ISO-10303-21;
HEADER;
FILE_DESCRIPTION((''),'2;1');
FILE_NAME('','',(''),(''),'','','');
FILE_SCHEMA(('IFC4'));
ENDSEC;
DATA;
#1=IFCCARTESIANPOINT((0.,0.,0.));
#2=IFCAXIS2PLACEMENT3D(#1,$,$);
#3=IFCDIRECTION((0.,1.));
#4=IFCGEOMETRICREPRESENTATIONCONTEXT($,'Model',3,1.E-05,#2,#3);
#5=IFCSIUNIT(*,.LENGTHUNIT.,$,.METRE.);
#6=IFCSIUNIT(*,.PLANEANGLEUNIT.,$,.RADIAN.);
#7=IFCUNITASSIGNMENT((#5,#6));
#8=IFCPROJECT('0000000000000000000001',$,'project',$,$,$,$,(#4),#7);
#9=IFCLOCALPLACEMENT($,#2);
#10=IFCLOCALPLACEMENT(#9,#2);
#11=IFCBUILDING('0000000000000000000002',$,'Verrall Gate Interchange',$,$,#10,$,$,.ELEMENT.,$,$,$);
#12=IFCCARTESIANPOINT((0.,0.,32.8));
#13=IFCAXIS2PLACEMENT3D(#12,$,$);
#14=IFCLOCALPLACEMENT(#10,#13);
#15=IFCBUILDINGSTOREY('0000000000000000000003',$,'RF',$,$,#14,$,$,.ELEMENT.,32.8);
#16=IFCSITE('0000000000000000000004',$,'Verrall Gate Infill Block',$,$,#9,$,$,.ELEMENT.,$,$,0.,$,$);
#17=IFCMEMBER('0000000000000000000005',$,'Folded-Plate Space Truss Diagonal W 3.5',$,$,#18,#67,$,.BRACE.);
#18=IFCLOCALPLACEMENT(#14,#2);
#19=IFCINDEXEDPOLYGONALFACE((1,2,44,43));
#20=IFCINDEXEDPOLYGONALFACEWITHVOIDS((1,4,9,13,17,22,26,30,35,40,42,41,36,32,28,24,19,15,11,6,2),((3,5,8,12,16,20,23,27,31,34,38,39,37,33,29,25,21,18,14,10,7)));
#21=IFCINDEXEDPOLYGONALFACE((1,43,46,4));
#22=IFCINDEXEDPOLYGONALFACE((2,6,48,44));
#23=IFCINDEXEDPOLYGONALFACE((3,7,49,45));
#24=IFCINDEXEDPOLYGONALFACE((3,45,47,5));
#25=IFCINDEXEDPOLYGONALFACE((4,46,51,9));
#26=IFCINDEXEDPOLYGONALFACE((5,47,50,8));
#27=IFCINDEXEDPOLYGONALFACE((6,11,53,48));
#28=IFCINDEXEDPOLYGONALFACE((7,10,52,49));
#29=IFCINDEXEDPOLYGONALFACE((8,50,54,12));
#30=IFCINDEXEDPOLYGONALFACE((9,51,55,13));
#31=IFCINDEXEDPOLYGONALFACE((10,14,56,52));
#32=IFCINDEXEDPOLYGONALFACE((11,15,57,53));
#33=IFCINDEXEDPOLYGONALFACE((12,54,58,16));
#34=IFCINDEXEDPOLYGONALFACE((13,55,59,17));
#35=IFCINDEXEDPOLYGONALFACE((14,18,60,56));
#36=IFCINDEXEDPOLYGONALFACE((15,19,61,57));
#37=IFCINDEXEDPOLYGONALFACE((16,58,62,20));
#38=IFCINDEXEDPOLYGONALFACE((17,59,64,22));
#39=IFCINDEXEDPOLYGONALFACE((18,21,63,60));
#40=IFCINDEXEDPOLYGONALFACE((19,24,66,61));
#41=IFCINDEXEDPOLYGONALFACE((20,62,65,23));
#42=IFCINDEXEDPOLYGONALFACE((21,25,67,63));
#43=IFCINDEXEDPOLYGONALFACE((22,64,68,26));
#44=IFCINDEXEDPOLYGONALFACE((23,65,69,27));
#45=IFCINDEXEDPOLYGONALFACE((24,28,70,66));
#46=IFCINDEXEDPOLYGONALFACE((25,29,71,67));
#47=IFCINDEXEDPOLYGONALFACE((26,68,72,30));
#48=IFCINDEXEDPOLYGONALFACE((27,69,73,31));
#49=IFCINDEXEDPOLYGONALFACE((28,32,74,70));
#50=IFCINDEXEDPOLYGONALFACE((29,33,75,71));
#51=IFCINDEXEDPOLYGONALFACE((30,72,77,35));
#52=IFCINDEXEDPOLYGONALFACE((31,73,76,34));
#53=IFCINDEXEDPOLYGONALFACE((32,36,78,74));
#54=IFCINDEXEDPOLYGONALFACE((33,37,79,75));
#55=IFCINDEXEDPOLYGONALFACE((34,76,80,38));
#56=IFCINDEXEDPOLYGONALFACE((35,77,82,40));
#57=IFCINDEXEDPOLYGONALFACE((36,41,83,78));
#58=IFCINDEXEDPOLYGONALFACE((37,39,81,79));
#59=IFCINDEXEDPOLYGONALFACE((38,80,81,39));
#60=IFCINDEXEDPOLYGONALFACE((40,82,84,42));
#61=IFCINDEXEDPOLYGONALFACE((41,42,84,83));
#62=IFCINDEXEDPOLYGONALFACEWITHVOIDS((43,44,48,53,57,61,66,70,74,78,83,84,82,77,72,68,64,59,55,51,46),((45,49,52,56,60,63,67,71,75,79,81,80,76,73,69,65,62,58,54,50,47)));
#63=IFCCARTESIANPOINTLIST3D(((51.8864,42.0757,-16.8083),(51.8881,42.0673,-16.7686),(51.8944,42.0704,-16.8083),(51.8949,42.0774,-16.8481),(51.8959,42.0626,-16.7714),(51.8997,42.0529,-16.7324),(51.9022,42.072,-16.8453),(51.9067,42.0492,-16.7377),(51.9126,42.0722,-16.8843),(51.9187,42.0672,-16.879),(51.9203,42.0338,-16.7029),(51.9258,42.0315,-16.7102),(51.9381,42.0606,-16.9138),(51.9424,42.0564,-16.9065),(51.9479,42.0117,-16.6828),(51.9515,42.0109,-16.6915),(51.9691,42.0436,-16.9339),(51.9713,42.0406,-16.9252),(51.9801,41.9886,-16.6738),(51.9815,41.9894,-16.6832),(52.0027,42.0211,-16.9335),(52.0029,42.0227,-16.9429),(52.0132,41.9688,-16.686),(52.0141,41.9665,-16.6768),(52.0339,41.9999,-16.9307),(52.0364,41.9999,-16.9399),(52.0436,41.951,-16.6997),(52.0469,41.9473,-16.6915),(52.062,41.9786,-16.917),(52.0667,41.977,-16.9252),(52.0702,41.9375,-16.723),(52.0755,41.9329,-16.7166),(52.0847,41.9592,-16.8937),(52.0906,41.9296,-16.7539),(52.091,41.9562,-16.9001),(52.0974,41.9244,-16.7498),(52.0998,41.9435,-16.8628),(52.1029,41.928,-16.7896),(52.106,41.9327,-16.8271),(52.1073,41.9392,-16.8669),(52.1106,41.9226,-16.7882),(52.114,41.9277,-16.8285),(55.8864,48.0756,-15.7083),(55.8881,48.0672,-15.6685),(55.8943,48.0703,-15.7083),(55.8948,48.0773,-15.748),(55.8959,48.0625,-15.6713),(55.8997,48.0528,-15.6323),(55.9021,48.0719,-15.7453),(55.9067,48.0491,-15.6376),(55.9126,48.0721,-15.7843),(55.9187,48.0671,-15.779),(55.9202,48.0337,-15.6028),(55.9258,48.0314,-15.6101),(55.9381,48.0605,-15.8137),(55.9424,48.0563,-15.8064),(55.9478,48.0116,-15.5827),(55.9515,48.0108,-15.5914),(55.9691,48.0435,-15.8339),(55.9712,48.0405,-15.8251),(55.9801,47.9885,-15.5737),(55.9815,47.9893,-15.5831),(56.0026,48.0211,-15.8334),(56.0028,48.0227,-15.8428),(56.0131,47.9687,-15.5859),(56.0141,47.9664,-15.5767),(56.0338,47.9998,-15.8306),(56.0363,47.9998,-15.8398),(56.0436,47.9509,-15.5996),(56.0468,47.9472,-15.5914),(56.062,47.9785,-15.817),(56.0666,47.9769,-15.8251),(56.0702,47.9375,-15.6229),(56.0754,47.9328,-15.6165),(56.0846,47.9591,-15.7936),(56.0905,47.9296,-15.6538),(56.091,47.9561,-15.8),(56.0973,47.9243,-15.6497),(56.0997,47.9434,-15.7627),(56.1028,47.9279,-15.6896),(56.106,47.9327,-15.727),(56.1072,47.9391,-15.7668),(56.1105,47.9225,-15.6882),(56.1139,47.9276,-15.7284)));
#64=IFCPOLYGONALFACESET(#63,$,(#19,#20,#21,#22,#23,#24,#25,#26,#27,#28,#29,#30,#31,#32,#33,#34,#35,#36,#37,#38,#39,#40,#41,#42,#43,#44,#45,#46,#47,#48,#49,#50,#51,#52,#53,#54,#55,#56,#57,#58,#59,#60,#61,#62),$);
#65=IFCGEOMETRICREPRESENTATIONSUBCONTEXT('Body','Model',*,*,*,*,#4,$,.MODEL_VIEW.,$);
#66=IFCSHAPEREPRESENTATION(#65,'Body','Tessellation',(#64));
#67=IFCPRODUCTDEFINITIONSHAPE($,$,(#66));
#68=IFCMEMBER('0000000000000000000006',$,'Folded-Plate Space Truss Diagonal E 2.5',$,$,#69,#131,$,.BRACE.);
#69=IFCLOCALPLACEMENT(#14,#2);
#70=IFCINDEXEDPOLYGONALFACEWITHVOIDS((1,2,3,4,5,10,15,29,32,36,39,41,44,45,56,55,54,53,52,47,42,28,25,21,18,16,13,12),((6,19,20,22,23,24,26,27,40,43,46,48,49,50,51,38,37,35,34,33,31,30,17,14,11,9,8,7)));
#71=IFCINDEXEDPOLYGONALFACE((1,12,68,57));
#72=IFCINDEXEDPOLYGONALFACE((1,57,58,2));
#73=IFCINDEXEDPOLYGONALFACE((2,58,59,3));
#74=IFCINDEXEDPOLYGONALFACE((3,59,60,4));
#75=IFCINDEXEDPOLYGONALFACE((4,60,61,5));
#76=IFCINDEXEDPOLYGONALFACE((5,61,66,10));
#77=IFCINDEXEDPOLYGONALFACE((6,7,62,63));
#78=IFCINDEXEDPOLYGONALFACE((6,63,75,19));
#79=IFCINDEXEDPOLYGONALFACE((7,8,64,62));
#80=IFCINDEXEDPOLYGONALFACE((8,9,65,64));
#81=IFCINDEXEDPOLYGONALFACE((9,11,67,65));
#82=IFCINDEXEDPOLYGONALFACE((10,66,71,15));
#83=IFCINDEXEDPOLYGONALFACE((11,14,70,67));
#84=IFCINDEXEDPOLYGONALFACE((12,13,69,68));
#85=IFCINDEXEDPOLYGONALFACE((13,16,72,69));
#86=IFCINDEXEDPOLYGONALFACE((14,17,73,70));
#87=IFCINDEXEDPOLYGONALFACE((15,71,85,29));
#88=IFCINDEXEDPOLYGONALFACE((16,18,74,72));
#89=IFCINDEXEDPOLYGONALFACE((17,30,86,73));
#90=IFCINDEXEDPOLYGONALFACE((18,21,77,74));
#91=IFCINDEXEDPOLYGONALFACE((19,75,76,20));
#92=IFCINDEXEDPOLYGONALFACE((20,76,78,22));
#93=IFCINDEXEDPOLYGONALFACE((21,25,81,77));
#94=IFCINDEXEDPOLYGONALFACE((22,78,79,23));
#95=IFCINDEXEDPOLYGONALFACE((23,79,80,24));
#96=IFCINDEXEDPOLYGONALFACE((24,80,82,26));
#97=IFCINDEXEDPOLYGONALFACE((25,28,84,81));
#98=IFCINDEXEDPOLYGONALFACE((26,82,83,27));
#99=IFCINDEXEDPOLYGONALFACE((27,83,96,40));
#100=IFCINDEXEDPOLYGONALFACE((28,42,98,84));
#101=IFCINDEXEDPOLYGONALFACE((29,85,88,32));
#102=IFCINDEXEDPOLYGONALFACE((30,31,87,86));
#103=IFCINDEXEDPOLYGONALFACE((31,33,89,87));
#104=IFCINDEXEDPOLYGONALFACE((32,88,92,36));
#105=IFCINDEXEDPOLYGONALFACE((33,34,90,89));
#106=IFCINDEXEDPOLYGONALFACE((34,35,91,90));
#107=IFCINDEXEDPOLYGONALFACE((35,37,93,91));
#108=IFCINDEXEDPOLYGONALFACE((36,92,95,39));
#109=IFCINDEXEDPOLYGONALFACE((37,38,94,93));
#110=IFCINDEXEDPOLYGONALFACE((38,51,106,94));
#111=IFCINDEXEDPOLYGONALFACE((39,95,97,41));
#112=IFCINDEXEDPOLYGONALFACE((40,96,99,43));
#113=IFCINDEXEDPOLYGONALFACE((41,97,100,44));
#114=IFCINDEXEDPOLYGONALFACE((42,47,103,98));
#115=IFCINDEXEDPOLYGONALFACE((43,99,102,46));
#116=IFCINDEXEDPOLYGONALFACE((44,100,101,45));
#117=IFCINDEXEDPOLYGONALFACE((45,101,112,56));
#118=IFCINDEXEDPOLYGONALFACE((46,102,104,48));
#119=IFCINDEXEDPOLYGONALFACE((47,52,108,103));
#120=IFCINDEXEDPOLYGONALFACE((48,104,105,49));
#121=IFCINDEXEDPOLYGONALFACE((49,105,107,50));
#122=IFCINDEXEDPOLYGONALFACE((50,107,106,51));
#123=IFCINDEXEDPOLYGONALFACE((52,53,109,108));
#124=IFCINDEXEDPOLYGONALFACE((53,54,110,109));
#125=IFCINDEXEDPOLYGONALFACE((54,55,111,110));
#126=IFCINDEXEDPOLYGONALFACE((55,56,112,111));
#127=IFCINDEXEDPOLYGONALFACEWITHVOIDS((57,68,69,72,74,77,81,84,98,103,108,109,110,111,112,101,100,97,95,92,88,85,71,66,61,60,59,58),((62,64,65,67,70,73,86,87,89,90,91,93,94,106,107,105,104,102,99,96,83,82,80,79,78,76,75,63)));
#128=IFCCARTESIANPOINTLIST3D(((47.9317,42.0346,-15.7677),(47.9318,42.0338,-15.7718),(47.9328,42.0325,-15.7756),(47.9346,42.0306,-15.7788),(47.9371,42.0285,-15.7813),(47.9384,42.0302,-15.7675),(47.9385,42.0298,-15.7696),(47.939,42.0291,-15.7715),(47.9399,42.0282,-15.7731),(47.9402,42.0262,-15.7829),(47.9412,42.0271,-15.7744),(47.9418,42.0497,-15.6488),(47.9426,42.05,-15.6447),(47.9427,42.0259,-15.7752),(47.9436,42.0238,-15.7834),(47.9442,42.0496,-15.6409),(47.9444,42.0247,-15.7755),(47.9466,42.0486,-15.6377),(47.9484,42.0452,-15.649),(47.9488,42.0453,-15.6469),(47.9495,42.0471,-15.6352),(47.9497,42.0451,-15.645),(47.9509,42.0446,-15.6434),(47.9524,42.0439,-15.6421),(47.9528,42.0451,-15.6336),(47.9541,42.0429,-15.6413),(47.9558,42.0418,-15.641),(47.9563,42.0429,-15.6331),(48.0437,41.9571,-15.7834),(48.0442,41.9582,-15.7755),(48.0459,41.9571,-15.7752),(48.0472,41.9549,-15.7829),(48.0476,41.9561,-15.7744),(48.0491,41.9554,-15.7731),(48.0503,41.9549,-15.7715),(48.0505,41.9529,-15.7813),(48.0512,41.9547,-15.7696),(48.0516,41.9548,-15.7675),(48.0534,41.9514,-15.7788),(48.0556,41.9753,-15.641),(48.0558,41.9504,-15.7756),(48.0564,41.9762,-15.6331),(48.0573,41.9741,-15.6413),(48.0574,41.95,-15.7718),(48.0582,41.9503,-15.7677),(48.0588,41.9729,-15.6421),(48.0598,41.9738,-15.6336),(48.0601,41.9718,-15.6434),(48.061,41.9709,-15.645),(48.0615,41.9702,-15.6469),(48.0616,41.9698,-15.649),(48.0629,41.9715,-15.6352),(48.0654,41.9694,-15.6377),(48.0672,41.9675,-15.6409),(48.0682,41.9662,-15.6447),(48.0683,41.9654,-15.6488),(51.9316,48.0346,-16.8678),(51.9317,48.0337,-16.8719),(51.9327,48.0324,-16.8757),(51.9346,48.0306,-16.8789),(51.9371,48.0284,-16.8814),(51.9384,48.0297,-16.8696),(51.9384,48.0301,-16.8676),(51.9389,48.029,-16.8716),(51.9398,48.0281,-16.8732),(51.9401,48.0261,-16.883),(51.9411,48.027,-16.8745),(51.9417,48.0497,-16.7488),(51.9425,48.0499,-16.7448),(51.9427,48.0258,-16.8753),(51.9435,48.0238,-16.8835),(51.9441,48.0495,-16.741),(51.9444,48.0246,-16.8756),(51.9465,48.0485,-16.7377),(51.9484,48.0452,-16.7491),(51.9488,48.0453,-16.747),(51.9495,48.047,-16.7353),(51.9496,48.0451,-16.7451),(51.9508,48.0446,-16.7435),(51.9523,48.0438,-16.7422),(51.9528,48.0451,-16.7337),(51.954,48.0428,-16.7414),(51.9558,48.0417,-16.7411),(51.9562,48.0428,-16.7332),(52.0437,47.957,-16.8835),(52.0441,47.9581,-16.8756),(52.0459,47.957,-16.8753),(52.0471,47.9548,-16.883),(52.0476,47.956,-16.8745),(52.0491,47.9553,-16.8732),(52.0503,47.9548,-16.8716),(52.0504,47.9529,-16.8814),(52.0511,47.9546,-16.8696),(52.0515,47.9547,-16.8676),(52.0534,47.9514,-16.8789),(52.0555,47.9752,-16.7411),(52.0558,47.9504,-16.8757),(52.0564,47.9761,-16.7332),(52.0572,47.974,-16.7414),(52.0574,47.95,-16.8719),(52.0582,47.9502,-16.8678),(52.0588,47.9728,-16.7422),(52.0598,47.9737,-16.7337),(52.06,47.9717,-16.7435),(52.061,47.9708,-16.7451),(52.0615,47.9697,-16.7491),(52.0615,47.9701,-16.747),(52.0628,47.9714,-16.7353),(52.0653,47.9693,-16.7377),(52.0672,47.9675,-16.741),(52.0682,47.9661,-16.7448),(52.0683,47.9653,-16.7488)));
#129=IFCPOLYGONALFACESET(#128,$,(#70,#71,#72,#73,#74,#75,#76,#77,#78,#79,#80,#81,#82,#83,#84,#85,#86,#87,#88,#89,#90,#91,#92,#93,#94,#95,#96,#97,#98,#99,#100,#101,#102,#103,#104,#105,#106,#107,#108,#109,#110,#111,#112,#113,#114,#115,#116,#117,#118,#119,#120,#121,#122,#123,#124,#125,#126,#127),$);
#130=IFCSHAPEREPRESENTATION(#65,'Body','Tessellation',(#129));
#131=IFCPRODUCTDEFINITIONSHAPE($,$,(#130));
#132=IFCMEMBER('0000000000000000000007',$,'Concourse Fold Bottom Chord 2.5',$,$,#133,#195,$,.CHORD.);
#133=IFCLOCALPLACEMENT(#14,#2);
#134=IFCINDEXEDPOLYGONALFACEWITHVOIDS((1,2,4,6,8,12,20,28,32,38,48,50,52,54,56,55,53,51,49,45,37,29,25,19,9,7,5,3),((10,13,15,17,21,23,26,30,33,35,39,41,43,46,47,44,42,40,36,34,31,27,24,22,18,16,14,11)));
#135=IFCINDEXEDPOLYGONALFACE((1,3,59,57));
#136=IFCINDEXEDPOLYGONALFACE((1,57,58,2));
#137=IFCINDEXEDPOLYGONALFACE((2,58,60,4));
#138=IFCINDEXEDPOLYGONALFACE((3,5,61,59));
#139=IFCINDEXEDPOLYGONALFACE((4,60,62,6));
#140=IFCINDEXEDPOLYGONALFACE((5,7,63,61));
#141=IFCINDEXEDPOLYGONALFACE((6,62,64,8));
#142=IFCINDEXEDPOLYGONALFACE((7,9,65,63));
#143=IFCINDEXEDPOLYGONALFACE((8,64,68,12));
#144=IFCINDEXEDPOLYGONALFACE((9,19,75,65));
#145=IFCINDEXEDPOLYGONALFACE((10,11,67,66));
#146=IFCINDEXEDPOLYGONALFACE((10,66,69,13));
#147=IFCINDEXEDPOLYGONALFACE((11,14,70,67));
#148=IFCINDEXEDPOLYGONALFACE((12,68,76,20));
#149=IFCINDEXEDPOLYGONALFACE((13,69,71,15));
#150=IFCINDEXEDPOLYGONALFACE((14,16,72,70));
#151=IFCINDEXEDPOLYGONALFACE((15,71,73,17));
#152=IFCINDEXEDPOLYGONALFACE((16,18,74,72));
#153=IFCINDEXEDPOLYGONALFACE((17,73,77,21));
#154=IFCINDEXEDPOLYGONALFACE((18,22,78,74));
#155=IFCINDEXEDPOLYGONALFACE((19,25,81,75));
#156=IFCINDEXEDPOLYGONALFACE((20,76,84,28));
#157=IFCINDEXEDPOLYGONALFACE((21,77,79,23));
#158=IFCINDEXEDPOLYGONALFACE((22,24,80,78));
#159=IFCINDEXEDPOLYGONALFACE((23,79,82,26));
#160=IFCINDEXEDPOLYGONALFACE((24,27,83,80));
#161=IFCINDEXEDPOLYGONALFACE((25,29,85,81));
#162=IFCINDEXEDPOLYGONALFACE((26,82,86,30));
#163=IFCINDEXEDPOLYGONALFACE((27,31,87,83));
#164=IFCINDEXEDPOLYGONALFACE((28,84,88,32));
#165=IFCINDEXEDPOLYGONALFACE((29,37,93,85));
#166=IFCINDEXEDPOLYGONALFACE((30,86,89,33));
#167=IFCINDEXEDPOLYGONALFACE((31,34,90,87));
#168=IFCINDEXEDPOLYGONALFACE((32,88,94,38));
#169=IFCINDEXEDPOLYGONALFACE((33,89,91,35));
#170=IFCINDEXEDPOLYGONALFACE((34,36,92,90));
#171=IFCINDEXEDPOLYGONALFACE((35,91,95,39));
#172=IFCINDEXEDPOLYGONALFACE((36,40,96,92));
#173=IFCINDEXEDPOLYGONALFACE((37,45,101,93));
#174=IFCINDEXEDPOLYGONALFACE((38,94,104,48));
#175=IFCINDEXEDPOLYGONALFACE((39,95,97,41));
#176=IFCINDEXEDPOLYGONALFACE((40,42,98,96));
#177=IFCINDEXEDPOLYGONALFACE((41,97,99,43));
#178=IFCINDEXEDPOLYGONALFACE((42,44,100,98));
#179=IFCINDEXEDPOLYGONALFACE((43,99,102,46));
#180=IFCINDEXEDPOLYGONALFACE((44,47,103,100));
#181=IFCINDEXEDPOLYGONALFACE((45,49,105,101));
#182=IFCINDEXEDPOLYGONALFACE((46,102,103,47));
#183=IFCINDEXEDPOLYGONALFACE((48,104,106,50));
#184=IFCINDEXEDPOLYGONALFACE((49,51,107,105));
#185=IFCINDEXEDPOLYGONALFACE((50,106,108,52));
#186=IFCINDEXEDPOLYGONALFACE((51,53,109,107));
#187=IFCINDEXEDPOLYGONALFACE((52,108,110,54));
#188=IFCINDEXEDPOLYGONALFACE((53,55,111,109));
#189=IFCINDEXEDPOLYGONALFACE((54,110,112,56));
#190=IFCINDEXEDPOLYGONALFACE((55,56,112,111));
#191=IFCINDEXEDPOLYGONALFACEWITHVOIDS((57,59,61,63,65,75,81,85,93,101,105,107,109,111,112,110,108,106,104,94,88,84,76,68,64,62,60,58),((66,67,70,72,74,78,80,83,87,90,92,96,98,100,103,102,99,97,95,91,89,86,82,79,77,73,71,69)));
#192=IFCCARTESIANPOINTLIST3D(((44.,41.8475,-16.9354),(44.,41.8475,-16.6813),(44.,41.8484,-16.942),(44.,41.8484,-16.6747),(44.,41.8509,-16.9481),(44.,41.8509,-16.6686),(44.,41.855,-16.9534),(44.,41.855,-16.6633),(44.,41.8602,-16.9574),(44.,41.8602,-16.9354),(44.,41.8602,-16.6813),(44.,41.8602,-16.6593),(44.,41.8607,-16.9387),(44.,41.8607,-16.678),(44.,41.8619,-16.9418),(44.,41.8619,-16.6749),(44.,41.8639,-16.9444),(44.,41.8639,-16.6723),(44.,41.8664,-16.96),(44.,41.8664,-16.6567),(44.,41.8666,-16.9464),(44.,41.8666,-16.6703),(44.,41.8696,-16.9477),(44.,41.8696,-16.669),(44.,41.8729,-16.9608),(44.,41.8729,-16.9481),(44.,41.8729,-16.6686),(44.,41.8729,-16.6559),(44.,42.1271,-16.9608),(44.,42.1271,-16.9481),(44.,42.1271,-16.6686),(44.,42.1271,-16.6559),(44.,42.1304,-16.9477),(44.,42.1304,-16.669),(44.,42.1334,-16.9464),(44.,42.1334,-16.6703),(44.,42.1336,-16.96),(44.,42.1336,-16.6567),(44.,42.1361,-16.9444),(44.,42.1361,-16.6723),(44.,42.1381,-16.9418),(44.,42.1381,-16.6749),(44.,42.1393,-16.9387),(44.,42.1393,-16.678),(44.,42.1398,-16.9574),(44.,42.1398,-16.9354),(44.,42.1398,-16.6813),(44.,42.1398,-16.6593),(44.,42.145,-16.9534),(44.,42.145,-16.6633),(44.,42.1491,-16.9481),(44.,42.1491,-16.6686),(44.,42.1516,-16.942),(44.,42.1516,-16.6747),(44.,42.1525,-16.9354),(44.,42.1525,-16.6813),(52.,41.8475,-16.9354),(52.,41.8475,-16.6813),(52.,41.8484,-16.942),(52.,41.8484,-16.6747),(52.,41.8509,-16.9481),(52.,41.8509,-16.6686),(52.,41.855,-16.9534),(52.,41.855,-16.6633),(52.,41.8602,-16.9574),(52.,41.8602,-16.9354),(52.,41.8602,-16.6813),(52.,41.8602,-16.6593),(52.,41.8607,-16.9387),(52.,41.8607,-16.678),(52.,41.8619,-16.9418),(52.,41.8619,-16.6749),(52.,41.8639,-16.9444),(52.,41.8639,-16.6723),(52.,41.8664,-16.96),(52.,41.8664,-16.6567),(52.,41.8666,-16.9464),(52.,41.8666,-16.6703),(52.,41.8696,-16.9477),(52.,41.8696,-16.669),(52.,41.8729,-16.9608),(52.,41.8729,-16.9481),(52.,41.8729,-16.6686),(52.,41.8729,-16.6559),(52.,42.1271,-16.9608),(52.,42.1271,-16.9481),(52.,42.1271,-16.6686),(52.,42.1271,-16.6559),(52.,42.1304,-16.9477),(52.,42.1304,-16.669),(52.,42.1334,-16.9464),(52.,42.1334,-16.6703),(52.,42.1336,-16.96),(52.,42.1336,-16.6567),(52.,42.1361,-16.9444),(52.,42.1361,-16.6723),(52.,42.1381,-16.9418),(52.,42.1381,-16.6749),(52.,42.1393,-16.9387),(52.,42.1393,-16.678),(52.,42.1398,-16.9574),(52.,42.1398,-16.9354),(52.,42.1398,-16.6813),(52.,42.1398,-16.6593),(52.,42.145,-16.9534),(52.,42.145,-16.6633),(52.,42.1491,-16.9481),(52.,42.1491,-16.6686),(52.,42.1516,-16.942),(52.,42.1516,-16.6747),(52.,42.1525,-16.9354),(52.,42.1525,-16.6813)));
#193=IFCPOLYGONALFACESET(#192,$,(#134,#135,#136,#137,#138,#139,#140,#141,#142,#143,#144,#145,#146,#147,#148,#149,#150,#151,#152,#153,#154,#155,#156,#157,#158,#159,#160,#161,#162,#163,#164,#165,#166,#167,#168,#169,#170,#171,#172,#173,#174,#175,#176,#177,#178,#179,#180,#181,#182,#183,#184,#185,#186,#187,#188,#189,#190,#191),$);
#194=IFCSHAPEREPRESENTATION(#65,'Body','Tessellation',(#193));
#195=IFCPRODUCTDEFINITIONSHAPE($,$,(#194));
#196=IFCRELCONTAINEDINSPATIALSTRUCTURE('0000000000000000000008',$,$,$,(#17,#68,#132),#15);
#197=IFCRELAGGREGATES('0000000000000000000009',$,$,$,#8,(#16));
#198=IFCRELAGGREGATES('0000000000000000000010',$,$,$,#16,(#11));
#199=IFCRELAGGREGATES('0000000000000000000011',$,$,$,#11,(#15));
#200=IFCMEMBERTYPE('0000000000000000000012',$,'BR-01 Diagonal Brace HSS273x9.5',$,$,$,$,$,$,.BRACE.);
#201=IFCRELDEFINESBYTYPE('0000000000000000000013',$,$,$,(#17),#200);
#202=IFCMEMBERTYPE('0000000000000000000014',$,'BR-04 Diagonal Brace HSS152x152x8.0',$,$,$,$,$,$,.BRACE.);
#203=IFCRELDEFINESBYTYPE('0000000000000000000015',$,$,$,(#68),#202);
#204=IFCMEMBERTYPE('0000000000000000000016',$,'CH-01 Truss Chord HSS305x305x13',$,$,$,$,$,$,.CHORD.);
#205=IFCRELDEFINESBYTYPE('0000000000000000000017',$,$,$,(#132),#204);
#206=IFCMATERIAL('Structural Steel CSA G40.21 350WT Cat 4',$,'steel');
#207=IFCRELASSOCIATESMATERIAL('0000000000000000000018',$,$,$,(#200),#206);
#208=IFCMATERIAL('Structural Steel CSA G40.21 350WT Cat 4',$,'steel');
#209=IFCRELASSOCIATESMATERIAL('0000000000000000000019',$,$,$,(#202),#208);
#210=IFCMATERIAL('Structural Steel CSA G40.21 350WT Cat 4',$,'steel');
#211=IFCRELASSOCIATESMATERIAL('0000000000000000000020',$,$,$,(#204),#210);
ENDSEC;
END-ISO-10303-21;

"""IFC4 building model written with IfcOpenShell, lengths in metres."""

from ifc_helpers import new_model, si_unit, direction, frame, origin, origin_2d, place, context, subcontext, project, spatial, hollow_rectangle, hollow_circle, extrude, material, material_profile, profile_set, type_object, element, save


model = new_model("IFC4")

# Units and contexts
model_context = context("Model", 3, precision=1e-05, world=origin(), true_north=direction((0.0, 1.0)))
body_context = subcontext(model_context, "Body", "Model", "MODEL_VIEW")
ifc_project = project(units=[si_unit("LENGTHUNIT", "METRE"), si_unit("PLANEANGLEUNIT", "RADIAN")], contexts=[model_context])

# Site, building, storey
site_placement = place(None, origin())
site = spatial("IfcSite", under=ifc_project, at=site_placement, Name="Verrall Gate Infill Block", CompositionType="ELEMENT", RefElevation=0.0)
building_placement = place(site_placement, origin())
building = spatial("IfcBuilding", under=site, at=building_placement, Name="Verrall Gate Interchange", CompositionType="ELEMENT")
storey_placement = place(building_placement, frame((0.0, 0.0, 32.8)))
storey = spatial("IfcBuildingStorey", under=building, at=storey_placement, Name="RF", CompositionType="ELEMENT", Elevation=32.8)

# Members
ifc_material_1 = material(Name="Structural Steel CSA G40.21 350WT Cat 4", Category="steel")
ifc_material_profile_1 = material_profile(ifc_material_1, hollow_circle(Radius=0.1365, WallThickness=0.0095, at=origin_2d()), Name="HSS273x9.5")
ifc_profile_set_1 = profile_set([ifc_material_profile_1], Name="Structural Steel CSA G40.21 350WT Cat 4")
member_type_1 = type_object("IfcMemberType", Name="BR-01 Diagonal Brace HSS273x9.5", PredefinedType="BRACE", material=ifc_profile_set_1)
for number, where, z_axis, x_axis, name in (
    (1, (52.0, 42.0, -16.8083), (0.548356, 0.822534, 0.150811), (-0.83205, 0.5547, 0.0), "Folded-Plate Space Truss Diagonal W 3.5"),
):
    element("IfcMember", number, at=place(storey_placement, frame(where, z_axis=z_axis, x_axis=x_axis)), inside=storey, type_object=member_type_1, Name=name, PredefinedType="BRACE", context=body_context, shape_type="SweptSolid", body=[
        extrude(hollow_circle(Radius=0.1365, WallThickness=0.0095, at=origin_2d()), origin(), (0.0, 0.0, 1.0), 7.2944),
    ])
ifc_material_2 = material(Name="Structural Steel CSA G40.21 350WT Cat 4", Category="steel")
ifc_material_profile_2 = material_profile(ifc_material_2, hollow_rectangle(XDim=0.1521, YDim=0.1521, WallThickness=0.0081, InnerFilletRadius=0.0081, OuterFilletRadius=0.0159, at=origin_2d()), Name="HSS152x152x8.0")
ifc_profile_set_2 = profile_set([ifc_material_profile_2], Name="Structural Steel CSA G40.21 350WT Cat 4")
member_type_2 = type_object("IfcMemberType", Name="BR-04 Diagonal Brace HSS152x152x8.0", PredefinedType="BRACE", material=ifc_profile_set_2)
member_1_placement = place(storey_placement, frame((48.0, 42.0, -15.7083), z_axis=(0.548356, 0.822534, -0.150811), x_axis=(-0.83205, 0.5547, 0.0)))
element("IfcMember", 2, at=member_1_placement, inside=storey, type_object=member_type_2, Name="Folded-Plate Space Truss Diagonal E 2.5", PredefinedType="BRACE", context=body_context, shape_type="SweptSolid", body=[
    extrude(hollow_rectangle(XDim=0.1521, YDim=0.1521, WallThickness=0.0081, InnerFilletRadius=0.0081, OuterFilletRadius=0.0159, at=origin_2d()), origin(), (0.0, 0.0, 1.0), 7.2944),
])
ifc_material_3 = material(Name="Structural Steel CSA G40.21 350WT Cat 4", Category="steel")
ifc_material_profile_3 = material_profile(ifc_material_3, hollow_rectangle(XDim=0.3049, YDim=0.3049, WallThickness=0.0127, InnerFilletRadius=0.0127, OuterFilletRadius=0.0254, at=origin_2d()), Name="HSS305x305x13")
ifc_profile_set_3 = profile_set([ifc_material_profile_3], Name="Structural Steel CSA G40.21 350WT Cat 4")
member_type_3 = type_object("IfcMemberType", Name="CH-01 Truss Chord HSS305x305x13", PredefinedType="CHORD", material=ifc_profile_set_3)
member_2_placement = place(storey_placement, frame((44.0, 42.0, -16.8083), z_axis=(1.0, 0.0, 0.0), x_axis=(0.0, 1.0, 0.0)))
element("IfcMember", 3, at=member_2_placement, inside=storey, type_object=member_type_3, Name="Concourse Fold Bottom Chord 2.5", PredefinedType="CHORD", context=body_context, shape_type="SweptSolid", body=[
    extrude(hollow_rectangle(XDim=0.3049, YDim=0.3049, WallThickness=0.0127, InnerFilletRadius=0.0127, OuterFilletRadius=0.0254, at=origin_2d()), origin(), (0.0, 0.0, 1.0), 8.0),
])

save(model, "model.ifc")
